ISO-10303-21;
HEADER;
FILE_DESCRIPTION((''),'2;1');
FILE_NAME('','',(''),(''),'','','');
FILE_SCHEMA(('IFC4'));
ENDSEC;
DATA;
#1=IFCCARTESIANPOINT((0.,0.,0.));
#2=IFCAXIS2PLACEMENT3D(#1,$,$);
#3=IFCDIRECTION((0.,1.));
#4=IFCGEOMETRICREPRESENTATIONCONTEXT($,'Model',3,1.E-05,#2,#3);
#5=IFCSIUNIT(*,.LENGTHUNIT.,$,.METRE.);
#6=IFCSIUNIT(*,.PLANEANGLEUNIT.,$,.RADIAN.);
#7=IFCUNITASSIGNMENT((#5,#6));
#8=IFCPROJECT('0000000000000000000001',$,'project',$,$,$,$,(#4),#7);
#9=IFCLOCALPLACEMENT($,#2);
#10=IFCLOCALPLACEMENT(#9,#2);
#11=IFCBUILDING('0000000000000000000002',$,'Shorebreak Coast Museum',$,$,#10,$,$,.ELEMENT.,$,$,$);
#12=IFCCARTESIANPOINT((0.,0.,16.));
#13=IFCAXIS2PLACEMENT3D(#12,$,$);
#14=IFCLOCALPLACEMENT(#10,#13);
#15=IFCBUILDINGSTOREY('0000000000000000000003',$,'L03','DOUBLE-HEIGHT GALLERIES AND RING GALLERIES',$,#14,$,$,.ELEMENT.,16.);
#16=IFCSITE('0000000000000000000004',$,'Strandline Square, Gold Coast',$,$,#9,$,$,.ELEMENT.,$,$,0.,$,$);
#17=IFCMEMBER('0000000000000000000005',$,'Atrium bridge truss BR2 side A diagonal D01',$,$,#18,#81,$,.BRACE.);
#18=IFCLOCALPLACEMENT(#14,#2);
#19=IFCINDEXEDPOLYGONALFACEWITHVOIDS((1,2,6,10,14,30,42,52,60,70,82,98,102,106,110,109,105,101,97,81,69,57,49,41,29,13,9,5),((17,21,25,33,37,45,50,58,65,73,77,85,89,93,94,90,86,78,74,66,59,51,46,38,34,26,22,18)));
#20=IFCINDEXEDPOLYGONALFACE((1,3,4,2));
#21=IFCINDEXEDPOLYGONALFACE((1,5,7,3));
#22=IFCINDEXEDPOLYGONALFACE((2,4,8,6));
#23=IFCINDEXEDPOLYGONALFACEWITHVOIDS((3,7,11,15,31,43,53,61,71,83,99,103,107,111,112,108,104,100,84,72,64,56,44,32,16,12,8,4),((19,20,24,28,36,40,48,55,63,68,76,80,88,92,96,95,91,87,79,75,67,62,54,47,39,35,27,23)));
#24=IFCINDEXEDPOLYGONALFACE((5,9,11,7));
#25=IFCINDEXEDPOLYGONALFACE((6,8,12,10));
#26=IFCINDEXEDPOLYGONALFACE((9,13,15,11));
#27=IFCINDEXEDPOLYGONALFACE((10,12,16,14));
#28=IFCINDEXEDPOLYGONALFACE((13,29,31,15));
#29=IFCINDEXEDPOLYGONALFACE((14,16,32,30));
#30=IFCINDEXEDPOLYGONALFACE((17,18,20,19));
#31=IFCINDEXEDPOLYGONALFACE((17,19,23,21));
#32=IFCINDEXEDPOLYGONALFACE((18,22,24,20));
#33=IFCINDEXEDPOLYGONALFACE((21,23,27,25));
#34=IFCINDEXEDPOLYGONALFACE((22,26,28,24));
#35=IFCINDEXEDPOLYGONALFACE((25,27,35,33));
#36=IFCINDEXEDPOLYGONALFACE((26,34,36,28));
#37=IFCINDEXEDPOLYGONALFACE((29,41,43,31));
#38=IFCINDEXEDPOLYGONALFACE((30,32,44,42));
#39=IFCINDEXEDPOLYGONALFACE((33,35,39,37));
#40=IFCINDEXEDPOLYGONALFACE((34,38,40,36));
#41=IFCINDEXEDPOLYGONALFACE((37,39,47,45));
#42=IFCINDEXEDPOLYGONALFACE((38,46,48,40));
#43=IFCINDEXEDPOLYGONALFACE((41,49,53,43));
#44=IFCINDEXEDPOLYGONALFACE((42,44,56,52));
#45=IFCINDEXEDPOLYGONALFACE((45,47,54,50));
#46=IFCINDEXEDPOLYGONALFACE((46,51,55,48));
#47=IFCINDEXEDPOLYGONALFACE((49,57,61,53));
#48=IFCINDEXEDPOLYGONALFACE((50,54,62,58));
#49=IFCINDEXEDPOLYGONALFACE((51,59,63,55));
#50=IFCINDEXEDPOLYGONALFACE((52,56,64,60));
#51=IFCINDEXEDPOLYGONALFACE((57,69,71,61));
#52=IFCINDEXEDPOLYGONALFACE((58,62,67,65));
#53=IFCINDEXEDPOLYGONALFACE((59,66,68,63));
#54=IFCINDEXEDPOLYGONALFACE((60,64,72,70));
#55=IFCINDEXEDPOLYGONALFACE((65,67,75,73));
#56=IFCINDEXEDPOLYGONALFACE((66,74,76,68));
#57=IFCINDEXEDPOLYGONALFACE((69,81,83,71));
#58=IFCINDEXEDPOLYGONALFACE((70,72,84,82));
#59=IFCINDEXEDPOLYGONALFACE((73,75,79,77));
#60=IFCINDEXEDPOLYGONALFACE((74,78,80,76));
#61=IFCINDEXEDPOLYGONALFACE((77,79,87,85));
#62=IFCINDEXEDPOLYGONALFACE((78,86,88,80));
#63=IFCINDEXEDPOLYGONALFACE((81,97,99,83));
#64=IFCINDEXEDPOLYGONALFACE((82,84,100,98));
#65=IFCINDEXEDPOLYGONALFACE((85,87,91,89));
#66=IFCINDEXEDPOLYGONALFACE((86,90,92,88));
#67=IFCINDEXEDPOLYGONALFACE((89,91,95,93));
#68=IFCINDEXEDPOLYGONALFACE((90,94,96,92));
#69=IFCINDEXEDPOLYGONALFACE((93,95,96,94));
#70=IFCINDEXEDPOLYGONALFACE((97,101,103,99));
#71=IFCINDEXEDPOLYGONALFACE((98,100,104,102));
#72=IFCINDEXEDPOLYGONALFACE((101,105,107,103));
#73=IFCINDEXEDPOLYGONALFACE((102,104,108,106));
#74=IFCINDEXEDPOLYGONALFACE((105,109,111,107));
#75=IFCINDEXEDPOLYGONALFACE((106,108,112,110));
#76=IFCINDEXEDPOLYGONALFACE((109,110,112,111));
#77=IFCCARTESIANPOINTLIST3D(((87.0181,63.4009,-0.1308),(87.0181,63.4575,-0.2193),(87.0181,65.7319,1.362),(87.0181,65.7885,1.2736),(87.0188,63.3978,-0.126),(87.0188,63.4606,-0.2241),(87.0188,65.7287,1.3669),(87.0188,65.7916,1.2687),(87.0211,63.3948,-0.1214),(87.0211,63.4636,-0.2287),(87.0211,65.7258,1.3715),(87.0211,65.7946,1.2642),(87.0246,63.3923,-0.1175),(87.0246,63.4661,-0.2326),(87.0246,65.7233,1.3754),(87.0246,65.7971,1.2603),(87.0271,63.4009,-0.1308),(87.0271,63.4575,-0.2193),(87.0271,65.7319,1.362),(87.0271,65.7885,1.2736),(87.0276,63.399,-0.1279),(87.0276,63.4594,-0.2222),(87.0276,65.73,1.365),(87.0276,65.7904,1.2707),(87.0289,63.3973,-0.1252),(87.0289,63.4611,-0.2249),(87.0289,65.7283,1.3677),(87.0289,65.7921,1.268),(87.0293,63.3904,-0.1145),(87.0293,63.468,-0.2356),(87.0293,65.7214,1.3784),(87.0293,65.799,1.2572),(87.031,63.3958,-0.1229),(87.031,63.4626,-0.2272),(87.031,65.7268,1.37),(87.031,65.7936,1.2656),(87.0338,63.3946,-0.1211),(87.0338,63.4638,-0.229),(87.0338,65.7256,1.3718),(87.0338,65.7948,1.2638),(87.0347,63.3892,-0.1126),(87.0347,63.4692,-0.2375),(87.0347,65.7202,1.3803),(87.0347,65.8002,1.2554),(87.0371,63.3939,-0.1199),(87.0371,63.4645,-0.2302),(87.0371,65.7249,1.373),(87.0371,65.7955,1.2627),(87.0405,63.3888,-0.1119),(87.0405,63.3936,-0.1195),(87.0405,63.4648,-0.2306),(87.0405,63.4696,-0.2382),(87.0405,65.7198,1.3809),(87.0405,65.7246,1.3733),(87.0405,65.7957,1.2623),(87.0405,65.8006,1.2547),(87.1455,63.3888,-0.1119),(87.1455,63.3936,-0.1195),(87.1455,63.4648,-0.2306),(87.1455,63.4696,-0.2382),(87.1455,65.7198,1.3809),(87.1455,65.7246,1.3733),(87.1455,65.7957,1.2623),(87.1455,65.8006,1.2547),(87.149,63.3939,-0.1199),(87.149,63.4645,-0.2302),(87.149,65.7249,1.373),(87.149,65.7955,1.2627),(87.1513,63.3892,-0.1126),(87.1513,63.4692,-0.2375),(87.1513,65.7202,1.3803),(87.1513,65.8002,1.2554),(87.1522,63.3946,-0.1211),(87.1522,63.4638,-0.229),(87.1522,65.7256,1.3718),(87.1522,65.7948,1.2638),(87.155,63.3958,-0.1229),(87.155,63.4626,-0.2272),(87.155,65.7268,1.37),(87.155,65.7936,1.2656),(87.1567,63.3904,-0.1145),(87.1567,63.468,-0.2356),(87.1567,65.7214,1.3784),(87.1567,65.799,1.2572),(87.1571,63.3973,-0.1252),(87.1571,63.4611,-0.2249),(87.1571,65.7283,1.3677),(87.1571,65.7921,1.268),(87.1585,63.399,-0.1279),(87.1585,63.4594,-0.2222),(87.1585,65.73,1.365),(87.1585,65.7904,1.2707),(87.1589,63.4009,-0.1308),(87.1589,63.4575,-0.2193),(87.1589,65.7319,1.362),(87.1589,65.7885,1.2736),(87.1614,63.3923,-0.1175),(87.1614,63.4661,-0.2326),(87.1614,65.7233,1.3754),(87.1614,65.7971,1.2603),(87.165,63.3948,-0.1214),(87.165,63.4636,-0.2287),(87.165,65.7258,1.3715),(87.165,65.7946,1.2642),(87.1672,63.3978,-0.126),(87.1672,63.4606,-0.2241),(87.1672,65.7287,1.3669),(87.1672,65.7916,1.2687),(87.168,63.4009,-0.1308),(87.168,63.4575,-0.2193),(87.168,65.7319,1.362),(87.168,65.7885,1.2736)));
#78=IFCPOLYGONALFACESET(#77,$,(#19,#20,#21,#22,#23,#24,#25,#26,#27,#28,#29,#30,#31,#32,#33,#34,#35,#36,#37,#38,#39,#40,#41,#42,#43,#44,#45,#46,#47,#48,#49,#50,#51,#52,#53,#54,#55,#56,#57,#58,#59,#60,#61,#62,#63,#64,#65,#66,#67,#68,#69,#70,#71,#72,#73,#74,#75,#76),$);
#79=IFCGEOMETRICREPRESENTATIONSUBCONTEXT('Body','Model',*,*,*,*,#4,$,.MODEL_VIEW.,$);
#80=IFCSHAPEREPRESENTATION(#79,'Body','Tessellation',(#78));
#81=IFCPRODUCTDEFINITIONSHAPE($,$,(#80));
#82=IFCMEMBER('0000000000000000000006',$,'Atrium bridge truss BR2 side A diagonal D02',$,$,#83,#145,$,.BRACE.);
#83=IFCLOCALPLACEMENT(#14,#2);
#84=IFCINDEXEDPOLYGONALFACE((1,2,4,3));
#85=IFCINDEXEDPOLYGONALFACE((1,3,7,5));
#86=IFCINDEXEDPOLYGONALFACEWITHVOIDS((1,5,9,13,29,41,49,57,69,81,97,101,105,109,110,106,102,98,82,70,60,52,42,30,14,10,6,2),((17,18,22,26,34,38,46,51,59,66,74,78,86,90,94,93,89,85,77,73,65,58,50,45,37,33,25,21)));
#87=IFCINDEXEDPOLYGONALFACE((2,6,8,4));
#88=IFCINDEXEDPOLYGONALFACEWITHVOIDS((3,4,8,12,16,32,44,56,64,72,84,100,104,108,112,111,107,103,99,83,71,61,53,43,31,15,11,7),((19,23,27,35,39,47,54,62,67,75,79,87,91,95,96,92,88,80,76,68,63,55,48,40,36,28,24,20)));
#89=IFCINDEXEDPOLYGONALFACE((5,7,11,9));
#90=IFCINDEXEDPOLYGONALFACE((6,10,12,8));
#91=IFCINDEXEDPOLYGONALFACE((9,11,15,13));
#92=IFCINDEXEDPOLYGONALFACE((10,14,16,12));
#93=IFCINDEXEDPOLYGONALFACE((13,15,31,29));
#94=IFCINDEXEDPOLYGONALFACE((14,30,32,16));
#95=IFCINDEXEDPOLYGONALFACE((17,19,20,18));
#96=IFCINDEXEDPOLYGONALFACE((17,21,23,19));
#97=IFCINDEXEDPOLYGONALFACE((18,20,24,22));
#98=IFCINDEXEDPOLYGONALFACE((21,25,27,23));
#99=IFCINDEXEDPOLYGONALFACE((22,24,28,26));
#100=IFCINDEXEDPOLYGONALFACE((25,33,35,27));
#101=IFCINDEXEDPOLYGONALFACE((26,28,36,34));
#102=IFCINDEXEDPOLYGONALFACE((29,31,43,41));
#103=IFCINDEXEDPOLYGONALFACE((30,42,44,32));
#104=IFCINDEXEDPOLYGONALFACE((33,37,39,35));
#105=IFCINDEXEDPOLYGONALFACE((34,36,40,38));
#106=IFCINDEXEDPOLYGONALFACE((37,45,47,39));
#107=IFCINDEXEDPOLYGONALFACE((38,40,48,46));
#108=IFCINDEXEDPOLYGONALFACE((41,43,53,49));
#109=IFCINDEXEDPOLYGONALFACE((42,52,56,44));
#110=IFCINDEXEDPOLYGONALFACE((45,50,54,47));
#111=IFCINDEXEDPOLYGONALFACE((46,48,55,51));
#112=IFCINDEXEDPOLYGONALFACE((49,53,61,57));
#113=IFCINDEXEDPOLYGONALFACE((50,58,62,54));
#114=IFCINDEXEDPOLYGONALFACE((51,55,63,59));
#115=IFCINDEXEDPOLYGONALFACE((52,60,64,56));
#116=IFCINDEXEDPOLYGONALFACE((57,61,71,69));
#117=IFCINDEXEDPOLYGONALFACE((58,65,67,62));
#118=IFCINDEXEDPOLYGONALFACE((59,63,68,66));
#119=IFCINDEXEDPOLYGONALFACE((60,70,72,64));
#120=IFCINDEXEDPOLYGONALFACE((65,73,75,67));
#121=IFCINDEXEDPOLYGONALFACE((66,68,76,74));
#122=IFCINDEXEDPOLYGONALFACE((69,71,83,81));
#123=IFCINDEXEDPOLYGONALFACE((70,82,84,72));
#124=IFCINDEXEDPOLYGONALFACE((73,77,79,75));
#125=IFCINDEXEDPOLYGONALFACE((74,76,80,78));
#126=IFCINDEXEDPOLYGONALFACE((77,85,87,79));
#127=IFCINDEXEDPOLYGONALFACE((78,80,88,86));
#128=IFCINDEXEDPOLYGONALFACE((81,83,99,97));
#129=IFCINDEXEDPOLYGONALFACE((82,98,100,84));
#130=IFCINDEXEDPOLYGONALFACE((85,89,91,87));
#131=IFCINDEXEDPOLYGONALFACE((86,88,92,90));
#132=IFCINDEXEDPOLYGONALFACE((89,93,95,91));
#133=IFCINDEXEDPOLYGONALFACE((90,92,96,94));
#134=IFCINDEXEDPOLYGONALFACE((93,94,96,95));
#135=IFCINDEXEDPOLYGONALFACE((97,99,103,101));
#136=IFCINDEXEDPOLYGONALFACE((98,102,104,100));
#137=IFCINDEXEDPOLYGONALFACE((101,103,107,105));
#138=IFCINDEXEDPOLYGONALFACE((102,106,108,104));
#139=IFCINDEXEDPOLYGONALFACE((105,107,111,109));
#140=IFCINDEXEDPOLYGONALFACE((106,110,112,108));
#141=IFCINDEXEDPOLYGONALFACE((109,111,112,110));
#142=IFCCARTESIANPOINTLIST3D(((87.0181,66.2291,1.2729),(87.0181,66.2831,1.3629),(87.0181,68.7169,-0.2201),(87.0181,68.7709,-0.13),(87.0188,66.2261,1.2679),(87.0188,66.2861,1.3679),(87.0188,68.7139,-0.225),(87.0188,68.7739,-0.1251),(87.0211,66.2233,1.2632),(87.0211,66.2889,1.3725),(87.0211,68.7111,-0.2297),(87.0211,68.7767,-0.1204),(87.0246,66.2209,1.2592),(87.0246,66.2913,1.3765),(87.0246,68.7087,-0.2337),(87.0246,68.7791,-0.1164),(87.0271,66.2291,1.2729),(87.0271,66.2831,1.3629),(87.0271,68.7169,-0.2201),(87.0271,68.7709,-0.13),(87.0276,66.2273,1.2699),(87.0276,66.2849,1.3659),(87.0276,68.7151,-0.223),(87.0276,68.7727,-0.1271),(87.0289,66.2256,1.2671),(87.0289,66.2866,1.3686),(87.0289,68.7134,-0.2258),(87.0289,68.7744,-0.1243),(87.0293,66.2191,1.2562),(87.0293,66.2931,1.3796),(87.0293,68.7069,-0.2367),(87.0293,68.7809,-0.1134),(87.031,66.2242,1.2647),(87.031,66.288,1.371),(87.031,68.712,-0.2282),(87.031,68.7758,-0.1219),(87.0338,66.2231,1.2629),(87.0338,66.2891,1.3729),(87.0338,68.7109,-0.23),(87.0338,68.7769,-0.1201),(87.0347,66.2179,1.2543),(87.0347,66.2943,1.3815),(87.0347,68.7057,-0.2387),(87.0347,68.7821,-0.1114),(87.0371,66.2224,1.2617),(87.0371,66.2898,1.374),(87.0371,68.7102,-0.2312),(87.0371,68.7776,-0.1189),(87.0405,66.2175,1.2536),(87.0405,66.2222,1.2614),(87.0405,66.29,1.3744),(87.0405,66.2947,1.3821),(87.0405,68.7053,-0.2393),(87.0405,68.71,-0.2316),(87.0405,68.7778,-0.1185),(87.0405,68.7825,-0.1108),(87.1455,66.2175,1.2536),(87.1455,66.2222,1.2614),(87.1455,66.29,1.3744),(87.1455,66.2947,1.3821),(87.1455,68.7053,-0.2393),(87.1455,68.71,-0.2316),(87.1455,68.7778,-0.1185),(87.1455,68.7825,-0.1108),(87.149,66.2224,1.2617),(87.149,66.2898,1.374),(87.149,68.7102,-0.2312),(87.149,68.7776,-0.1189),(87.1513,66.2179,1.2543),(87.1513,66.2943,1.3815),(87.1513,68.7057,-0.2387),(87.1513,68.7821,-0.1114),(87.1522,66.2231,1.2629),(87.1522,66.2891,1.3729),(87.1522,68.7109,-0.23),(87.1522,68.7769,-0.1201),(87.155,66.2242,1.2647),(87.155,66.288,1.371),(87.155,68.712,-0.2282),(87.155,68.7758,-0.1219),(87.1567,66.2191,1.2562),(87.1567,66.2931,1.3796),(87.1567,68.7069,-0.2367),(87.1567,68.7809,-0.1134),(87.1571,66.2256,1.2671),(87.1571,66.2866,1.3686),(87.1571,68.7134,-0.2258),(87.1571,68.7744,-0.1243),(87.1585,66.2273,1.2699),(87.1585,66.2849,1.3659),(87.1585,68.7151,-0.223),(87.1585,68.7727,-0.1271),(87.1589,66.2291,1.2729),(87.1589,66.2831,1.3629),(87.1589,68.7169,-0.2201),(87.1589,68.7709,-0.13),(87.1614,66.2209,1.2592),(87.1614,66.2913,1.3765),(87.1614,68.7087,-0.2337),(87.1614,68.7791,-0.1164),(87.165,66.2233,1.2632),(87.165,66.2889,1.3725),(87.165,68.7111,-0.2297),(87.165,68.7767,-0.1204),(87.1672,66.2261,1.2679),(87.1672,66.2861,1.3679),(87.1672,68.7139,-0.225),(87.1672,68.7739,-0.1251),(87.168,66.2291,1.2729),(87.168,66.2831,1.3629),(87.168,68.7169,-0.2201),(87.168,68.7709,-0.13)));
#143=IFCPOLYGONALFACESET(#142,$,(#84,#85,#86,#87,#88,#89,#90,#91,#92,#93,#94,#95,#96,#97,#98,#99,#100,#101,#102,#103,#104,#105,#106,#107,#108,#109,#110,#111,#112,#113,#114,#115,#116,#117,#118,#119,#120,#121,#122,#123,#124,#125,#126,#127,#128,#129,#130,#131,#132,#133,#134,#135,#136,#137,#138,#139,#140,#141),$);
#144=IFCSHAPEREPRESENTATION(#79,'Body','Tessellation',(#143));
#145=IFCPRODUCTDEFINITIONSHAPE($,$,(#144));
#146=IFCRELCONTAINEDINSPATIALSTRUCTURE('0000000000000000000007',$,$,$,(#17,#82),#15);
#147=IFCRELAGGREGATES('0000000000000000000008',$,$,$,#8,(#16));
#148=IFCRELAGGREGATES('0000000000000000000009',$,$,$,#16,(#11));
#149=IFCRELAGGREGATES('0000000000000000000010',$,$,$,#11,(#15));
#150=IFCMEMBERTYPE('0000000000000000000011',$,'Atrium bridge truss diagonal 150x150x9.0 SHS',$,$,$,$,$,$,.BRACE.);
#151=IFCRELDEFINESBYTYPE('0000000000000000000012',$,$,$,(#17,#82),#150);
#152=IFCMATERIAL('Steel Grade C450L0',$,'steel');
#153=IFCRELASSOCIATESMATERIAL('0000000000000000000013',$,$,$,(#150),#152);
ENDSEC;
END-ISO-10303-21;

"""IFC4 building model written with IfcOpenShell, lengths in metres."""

from ifc_helpers import new_model, si_unit, direction, frame, origin, origin_2d, place, context, subcontext, project, spatial, hollow_rectangle, extrude, material, material_profile, profile_set, type_object, element, save


model = new_model("IFC4")

# Units and contexts
model_context = context("Model", 3, precision=1e-05, world=origin(), true_north=direction((0.0, 1.0)))
body_context = subcontext(model_context, "Body", "Model", "MODEL_VIEW")
ifc_project = project(units=[si_unit("LENGTHUNIT", "METRE"), si_unit("PLANEANGLEUNIT", "RADIAN")], contexts=[model_context])

# Site, building, storey
site_placement = place(None, origin())
site = spatial("IfcSite", under=ifc_project, at=site_placement, Name="Strandline Square, Gold Coast", CompositionType="ELEMENT", RefElevation=0.0)
building_placement = place(site_placement, origin())
building = spatial("IfcBuilding", under=site, at=building_placement, Name="Shorebreak Coast Museum", CompositionType="ELEMENT")
storey_placement = place(building_placement, frame((0.0, 0.0, 16.0)))
storey = spatial("IfcBuildingStorey", under=building, at=storey_placement, Name="L03", Description="DOUBLE-HEIGHT GALLERIES AND RING GALLERIES", CompositionType="ELEMENT", Elevation=16.0)

# Members
ifc_material_1 = material(Name="Steel Grade C450L0", Category="steel")
ifc_material_profile_1 = material_profile(ifc_material_1, hollow_rectangle(XDim=0.1499, YDim=0.1499, WallThickness=0.009, InnerFilletRadius=0.0134, OuterFilletRadius=0.0225, at=origin_2d()), Name="150x150x9.0 SHS")
ifc_profile_set_1 = profile_set([ifc_material_profile_1], Name="Steel Grade C450L0")
member_type_1 = type_object("IfcMemberType", Name="Atrium bridge truss diagonal 150x150x9.0 SHS", PredefinedType="BRACE", material=ifc_profile_set_1)
member_1_placement = place(storey_placement, frame((87.093, 63.4292, -0.175), z_axis=(0.0, 0.8421, 0.539321), x_axis=(-1.0, 0.0, 0.0)))
element("IfcMember", 1, at=member_1_placement, inside=storey, type_object=member_type_1, Name="Atrium bridge truss BR2 side A diagonal D01", PredefinedType="BRACE", context=body_context, shape_type="SweptSolid", body=[
    extrude(hollow_rectangle(XDim=0.1499, YDim=0.1499, WallThickness=0.009, InnerFilletRadius=0.0134, OuterFilletRadius=0.0225, at=origin_2d()), origin(), (0.0, 0.0, 1.0), 2.7681),
])
for number, where, z_axis, x_axis, name in (
    (2, (87.093, 68.7439, -0.175), (0.0, -0.857456, 0.514558), (1.0, 0.0, 0.0), "Atrium bridge truss BR2 side A diagonal D02"),
):
    element("IfcMember", number, at=place(storey_placement, frame(where, z_axis=z_axis, x_axis=x_axis)), inside=storey, type_object=member_type_1, Name=name, PredefinedType="BRACE", context=body_context, shape_type="SweptSolid", body=[
        extrude(hollow_rectangle(XDim=0.1499, YDim=0.1499, WallThickness=0.009, InnerFilletRadius=0.0134, OuterFilletRadius=0.0225, at=origin_2d()), origin(), (0.0, 0.0, 1.0), 2.9014),
    ])

save(model, "model.ifc")
